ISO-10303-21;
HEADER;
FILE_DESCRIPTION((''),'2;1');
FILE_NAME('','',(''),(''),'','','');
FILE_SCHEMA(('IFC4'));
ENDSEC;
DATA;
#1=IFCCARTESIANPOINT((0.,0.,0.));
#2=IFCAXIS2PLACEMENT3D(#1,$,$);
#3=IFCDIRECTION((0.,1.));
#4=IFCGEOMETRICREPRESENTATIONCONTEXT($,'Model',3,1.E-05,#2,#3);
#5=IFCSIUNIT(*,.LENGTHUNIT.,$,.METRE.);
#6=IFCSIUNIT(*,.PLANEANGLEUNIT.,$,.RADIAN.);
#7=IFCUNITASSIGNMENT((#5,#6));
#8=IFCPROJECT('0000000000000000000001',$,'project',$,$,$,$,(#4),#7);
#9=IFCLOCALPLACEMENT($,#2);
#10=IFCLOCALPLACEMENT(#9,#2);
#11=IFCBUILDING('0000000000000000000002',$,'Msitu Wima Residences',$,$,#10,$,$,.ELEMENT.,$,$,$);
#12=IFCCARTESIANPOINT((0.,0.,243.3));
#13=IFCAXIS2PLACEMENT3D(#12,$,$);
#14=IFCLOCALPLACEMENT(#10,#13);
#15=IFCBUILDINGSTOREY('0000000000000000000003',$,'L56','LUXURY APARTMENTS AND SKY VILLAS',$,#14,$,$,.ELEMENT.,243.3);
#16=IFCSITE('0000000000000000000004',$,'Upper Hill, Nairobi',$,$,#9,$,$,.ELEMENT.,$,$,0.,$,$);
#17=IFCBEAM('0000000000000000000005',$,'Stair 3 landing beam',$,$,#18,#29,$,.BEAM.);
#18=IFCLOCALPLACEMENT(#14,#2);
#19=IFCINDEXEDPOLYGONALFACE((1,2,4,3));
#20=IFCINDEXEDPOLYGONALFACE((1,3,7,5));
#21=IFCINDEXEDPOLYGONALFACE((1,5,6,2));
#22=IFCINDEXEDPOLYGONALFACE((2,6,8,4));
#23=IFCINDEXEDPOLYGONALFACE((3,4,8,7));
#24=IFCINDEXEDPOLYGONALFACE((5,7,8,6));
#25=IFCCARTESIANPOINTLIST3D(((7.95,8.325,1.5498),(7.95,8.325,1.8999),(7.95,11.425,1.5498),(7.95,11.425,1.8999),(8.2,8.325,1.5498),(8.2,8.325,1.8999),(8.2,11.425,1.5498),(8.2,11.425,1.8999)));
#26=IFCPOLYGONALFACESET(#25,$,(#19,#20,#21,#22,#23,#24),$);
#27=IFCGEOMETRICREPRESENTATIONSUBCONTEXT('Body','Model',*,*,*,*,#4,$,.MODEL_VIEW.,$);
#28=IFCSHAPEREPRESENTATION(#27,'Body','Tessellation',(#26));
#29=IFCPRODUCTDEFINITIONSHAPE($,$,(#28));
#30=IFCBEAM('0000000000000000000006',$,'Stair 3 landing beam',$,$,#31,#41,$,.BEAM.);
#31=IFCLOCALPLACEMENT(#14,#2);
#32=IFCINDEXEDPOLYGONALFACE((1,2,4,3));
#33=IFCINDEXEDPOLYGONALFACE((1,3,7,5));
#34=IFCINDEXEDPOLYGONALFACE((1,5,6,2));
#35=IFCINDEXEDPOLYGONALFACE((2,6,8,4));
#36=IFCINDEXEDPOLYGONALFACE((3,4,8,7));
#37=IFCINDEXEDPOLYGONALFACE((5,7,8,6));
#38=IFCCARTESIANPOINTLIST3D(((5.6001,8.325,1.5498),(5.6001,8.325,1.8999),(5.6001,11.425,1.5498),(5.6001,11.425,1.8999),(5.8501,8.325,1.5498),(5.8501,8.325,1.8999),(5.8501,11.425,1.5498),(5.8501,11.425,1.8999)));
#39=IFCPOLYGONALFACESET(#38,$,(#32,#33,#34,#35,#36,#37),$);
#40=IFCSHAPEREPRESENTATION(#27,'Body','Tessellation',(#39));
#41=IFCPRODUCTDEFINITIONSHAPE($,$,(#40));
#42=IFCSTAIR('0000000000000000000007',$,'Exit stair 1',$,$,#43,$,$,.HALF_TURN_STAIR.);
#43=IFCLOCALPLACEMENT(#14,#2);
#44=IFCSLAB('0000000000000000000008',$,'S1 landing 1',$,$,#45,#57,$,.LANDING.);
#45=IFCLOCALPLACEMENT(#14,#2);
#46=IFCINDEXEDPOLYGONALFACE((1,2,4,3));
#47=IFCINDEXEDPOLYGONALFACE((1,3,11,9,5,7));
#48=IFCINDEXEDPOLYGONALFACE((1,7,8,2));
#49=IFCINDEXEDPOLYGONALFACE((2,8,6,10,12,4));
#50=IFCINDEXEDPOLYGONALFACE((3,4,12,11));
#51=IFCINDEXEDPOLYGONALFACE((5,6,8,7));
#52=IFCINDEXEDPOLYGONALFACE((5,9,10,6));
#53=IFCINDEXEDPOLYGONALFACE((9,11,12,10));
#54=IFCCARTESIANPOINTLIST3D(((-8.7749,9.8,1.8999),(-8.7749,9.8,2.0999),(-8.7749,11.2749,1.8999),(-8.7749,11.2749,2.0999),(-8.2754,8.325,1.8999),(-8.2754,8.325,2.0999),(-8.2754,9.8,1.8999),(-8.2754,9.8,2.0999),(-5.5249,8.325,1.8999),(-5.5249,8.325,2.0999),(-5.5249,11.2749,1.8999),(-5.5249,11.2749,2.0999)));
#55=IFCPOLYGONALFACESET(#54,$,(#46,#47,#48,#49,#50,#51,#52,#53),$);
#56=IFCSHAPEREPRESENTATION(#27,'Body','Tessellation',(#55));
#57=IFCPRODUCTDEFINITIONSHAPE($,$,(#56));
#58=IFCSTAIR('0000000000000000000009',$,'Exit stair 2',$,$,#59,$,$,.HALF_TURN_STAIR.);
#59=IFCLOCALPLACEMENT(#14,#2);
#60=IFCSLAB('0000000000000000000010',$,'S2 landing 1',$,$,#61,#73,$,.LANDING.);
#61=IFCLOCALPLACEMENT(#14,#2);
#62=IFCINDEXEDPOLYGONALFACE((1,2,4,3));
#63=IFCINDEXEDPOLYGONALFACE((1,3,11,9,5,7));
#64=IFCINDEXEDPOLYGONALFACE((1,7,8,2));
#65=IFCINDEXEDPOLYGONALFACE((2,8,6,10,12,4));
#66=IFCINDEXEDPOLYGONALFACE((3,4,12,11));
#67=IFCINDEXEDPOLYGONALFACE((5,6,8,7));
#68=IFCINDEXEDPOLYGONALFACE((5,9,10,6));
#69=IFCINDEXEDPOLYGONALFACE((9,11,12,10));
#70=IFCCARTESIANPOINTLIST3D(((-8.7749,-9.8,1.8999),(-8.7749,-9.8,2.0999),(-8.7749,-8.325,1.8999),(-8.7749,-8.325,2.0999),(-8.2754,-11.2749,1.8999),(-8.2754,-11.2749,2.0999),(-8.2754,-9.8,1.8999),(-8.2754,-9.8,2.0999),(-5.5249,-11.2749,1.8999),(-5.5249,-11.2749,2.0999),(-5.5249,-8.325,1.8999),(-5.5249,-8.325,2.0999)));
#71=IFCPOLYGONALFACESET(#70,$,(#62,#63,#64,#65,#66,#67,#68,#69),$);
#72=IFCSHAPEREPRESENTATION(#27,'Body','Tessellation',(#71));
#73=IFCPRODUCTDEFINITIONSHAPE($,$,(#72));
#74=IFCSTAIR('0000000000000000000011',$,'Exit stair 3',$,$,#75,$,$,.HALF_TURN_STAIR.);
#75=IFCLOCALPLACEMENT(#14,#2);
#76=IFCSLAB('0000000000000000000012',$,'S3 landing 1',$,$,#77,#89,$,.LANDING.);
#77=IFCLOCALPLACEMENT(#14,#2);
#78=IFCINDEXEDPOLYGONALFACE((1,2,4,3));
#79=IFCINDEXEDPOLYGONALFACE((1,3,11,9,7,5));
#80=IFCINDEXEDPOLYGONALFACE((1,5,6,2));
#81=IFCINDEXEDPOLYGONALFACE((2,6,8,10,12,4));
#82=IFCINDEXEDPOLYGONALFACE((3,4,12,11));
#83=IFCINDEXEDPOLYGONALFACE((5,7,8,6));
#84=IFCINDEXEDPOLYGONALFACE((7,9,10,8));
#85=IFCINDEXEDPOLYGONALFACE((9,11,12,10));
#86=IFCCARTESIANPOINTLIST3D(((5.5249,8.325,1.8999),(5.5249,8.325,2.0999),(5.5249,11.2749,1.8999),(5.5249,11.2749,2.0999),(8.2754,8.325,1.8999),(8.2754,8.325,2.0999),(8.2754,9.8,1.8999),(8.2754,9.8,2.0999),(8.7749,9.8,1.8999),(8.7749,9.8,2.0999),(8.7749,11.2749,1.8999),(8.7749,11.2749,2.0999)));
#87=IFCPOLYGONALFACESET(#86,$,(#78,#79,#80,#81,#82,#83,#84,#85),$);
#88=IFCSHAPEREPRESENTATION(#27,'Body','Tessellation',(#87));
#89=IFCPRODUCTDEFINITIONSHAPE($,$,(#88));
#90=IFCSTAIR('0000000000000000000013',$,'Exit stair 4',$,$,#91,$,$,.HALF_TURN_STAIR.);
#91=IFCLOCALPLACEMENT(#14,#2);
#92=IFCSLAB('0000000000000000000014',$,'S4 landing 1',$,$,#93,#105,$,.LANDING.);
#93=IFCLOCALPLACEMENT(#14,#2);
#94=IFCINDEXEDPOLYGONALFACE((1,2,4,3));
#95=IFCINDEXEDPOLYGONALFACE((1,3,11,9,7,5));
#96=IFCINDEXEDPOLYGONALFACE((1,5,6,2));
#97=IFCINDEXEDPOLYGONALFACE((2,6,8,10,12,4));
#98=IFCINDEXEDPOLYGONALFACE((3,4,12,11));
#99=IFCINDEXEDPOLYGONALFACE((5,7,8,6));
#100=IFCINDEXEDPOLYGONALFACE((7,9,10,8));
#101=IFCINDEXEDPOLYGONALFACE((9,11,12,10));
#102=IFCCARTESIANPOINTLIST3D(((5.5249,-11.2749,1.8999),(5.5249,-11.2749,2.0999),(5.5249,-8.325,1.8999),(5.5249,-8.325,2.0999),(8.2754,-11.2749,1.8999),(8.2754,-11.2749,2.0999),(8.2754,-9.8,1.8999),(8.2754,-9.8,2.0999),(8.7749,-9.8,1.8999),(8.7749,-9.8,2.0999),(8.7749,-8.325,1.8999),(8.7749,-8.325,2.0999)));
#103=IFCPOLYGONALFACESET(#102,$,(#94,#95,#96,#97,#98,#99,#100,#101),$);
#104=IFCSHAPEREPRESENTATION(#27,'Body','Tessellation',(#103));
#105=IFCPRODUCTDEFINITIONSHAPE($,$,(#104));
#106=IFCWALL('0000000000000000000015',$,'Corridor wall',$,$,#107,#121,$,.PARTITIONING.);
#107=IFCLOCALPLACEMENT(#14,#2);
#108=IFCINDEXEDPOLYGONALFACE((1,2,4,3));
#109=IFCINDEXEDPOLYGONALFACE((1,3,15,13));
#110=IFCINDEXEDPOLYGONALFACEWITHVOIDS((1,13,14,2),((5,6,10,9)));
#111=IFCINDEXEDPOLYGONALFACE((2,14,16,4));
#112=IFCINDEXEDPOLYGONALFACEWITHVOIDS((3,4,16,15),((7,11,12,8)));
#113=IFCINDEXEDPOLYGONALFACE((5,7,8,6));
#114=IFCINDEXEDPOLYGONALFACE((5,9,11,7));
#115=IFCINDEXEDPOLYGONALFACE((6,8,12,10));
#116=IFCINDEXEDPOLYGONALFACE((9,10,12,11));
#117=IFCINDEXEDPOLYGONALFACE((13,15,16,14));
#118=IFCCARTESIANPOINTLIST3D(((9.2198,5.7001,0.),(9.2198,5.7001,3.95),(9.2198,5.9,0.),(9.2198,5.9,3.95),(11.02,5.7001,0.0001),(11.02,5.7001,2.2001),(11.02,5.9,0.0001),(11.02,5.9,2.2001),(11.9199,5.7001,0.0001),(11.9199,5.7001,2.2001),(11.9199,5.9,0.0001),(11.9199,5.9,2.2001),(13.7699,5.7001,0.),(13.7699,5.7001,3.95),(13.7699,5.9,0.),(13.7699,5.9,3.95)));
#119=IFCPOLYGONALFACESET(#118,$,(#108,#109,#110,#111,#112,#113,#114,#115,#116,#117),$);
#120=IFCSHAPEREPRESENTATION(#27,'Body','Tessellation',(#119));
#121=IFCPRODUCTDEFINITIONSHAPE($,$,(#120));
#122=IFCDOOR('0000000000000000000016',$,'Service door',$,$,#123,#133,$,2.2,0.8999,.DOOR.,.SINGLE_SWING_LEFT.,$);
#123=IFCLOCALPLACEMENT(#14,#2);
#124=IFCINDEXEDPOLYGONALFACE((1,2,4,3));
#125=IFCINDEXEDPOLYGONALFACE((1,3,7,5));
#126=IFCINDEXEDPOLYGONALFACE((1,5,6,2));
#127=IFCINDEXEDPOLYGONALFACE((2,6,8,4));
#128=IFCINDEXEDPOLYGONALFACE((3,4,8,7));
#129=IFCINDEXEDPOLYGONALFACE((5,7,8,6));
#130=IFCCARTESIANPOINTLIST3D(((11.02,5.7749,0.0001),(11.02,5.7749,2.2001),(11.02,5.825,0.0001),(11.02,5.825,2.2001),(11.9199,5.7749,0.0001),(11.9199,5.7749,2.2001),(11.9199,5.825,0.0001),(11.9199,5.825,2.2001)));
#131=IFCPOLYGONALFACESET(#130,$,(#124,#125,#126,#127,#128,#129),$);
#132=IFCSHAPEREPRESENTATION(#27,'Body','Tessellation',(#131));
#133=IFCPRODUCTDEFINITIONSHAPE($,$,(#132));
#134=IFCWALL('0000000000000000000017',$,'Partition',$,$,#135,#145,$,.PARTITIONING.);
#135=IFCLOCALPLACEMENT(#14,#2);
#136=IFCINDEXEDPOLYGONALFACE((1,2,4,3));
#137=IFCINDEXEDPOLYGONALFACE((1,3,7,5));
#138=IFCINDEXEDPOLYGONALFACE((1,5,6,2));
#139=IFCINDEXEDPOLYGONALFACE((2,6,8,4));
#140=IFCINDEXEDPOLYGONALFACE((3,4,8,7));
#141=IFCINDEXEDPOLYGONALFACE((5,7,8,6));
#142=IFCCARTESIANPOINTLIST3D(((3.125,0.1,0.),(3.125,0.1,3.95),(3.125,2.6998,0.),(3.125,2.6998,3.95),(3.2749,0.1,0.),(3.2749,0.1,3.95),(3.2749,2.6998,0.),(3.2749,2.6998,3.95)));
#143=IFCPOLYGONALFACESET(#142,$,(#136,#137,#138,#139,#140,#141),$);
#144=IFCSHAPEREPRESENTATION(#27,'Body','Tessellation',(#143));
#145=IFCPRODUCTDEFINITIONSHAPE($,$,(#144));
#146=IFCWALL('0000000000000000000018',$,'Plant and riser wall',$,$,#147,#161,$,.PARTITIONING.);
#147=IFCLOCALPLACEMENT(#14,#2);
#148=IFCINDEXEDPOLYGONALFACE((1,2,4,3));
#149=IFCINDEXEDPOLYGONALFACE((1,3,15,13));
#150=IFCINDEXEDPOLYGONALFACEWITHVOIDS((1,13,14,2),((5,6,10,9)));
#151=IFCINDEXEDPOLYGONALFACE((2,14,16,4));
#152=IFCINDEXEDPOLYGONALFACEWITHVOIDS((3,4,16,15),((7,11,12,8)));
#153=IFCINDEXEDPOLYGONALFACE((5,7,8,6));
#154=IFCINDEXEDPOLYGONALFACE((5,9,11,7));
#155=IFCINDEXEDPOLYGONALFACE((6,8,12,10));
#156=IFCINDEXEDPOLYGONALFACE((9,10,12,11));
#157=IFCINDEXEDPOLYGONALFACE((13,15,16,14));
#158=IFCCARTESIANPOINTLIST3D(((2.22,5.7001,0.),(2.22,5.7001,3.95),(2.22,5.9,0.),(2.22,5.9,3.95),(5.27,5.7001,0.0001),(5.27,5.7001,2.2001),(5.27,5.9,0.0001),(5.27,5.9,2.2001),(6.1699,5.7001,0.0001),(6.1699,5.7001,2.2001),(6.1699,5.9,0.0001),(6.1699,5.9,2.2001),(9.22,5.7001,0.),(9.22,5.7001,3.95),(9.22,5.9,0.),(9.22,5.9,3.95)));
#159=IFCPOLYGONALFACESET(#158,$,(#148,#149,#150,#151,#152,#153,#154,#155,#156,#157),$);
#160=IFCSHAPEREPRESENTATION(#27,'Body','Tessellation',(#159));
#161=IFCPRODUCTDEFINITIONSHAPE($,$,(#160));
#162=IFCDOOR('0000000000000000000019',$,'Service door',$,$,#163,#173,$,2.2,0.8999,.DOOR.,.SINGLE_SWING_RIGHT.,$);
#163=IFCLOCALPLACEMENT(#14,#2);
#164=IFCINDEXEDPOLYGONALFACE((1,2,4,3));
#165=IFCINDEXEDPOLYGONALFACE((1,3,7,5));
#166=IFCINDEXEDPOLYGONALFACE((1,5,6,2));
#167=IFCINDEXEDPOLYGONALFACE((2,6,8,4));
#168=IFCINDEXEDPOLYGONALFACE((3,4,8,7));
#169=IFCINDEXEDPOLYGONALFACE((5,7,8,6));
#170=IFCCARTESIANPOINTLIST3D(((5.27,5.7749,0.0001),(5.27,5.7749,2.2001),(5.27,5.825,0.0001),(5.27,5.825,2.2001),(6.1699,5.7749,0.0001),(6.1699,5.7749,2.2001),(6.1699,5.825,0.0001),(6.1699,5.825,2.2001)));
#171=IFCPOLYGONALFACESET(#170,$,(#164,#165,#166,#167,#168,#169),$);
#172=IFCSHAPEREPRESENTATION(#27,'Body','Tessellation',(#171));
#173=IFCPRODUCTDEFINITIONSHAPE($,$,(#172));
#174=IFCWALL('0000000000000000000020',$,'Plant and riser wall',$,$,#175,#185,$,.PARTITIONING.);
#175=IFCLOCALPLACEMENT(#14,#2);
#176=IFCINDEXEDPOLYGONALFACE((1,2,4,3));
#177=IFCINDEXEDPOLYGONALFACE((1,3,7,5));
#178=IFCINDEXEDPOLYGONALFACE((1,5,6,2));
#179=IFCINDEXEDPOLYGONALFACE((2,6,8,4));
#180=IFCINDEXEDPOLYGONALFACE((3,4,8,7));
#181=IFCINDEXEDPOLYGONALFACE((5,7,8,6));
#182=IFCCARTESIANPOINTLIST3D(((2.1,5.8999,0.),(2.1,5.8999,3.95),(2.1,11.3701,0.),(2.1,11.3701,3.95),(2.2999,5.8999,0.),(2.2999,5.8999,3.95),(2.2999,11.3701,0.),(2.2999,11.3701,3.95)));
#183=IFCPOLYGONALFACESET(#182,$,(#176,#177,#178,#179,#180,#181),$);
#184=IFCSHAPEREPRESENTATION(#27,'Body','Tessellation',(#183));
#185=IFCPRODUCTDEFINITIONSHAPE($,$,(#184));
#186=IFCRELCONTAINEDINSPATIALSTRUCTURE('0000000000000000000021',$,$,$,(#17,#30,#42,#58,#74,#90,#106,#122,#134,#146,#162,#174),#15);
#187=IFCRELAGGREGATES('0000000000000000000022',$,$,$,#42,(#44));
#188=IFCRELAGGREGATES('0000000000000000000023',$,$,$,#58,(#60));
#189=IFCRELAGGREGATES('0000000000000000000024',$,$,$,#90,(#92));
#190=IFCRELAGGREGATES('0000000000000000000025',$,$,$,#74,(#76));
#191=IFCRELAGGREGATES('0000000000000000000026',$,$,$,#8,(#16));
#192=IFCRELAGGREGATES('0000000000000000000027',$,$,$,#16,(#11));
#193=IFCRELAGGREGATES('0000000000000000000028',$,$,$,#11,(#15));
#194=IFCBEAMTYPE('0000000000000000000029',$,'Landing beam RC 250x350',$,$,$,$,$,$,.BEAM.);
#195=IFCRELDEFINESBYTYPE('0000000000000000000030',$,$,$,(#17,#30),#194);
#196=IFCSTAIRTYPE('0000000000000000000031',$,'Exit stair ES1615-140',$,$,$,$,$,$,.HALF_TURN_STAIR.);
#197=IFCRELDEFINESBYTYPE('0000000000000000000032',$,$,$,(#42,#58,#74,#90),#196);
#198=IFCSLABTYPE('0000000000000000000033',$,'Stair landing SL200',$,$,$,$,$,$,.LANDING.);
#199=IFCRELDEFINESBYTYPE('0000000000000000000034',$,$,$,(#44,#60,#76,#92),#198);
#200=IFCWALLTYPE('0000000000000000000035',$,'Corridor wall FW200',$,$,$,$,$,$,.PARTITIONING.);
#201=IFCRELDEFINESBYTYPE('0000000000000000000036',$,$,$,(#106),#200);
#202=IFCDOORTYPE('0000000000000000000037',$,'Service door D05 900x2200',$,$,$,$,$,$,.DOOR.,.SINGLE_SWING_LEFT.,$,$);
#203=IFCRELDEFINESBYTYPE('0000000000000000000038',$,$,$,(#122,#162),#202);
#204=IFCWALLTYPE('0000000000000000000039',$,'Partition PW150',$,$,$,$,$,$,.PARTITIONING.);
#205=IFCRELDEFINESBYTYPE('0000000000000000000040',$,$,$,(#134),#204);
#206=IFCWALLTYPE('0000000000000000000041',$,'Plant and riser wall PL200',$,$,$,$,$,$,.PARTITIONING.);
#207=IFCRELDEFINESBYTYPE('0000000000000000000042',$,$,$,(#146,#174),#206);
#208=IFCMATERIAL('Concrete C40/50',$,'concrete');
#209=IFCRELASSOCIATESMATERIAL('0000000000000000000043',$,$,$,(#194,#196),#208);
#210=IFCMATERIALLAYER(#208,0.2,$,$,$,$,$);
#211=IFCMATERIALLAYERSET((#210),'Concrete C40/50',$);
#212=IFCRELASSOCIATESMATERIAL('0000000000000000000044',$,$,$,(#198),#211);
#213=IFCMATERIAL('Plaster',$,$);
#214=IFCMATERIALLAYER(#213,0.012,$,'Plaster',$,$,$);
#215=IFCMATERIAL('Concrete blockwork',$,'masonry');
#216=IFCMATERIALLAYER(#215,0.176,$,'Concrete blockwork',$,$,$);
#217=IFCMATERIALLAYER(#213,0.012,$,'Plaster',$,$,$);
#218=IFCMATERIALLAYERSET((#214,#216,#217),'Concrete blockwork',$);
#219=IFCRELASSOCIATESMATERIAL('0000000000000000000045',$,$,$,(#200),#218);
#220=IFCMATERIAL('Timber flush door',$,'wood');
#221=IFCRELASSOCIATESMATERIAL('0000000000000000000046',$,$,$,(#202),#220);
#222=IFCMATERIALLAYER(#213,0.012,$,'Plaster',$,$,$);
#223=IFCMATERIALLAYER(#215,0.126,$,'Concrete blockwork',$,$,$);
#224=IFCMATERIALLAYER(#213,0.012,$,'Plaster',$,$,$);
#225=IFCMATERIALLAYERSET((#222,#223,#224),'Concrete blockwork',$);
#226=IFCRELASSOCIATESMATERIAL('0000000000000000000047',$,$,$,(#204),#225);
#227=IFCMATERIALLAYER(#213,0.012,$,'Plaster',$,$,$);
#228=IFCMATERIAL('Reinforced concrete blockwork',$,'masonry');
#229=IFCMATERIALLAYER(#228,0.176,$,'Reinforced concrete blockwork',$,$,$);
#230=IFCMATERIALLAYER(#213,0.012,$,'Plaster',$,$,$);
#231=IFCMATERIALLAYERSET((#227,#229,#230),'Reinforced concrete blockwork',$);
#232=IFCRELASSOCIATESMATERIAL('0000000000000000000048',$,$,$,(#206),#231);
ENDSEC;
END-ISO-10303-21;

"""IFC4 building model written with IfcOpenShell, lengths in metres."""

from ifc_helpers import new_model, si_unit, direction, frame, frame_2d, origin, origin_2d, place, context, subcontext, project, spatial, polyline, rectangle, outline, extrude, material, layer, layer_set, material_profile, profile_set, type_object, element, fill, aggregate, save


model = new_model("IFC4")

# Units and contexts
model_context = context("Model", 3, precision=1e-05, world=origin(), true_north=direction((0.0, 1.0)))
body_context = subcontext(model_context, "Body", "Model", "MODEL_VIEW")
ifc_project = project(units=[si_unit("LENGTHUNIT", "METRE"), si_unit("PLANEANGLEUNIT", "RADIAN")], contexts=[model_context])

# Site, building, storey
site_placement = place(None, origin())
site = spatial("IfcSite", under=ifc_project, at=site_placement, Name="Upper Hill, Nairobi", CompositionType="ELEMENT", RefElevation=0.0)
building_placement = place(site_placement, origin())
building = spatial("IfcBuilding", under=site, at=building_placement, Name="Msitu Wima Residences", CompositionType="ELEMENT")
storey_placement = place(building_placement, frame((0.0, 0.0, 243.3)))
storey = spatial("IfcBuildingStorey", under=building, at=storey_placement, Name="L56", Description="LUXURY APARTMENTS AND SKY VILLAS", CompositionType="ELEMENT", Elevation=243.3)

# Beams
ifc_material_1 = material(Name="Concrete C40/50", Category="concrete")
ifc_material_profile = material_profile(ifc_material_1, rectangle(XDim=0.25, YDim=0.3501, at=origin_2d()), Name="RC 250x350")
ifc_profile_set = profile_set([ifc_material_profile], Name="Concrete C40/50")
beam_type = type_object("IfcBeamType", Name="Landing beam RC 250x350", PredefinedType="BEAM", material=ifc_profile_set)
for number, where, z_axis, x_axis, name in (
    (1, (8.075, 8.325, 1.7249), (0.0, 1.0, 0.0), (-1.0, 0.0, 0.0), "Stair 3 landing beam"),
    (2, (5.7251, 8.325, 1.7249), (0.0, 1.0, 0.0), (-1.0, 0.0, 0.0), "Stair 3 landing beam"),
):
    element("IfcBeam", number, at=place(storey_placement, frame(where, z_axis=z_axis, x_axis=x_axis)), inside=storey, type_object=beam_type, Name=name, PredefinedType="BEAM", context=body_context, shape_type="SweptSolid", body=[
        extrude(rectangle(XDim=0.25, YDim=0.3501, at=origin_2d()), origin(), (0.0, 0.0, 1.0), 3.1001),
    ])

# Stairs, slabs
stair_type = type_object("IfcStairType", Name="Exit stair ES1615-140", PredefinedType="HALF_TURN_STAIR", material=ifc_material_1)
stair_1_placement = place(storey_placement, origin())
stair_1 = element("IfcStair", 3, at=stair_1_placement, inside=storey, type_object=stair_type, Name="Exit stair 1", PredefinedType="HALF_TURN_STAIR")
ifc_layer_1 = layer(ifc_material_1, 0.2)
ifc_layer_set_1 = layer_set([ifc_layer_1], Name="Concrete C40/50")
slab_type = type_object("IfcSlabType", Name="Stair landing SL200", PredefinedType="LANDING", material=ifc_layer_set_1)
slab_1_placement = place(storey_placement, frame((0.0, 0.0, 1.8999)))
slab_1 = element("IfcSlab", 4, at=slab_1_placement, type_object=slab_type, Name="S1 landing 1", PredefinedType="LANDING", context=body_context, shape_type="SweptSolid", body=[
    extrude(outline(polyline([(-5.5249, 8.325), (-8.2754, 8.325), (-8.2754, 9.8), (-8.7749, 9.8), (-8.7749, 11.2749), (-5.5249, 11.2749), (-5.5249, 8.325)])), origin(), (0.0, 0.0, 1.0), 0.2),
])
aggregate(stair_1, [slab_1])
stair_2_placement = place(storey_placement, origin())
stair_2 = element("IfcStair", 5, at=stair_2_placement, inside=storey, type_object=stair_type, Name="Exit stair 2", PredefinedType="HALF_TURN_STAIR")
slab_2_placement = place(storey_placement, frame((0.0, 0.0, 1.8999)))
slab_2 = element("IfcSlab", 6, at=slab_2_placement, type_object=slab_type, Name="S2 landing 1", PredefinedType="LANDING", context=body_context, shape_type="SweptSolid", body=[
    extrude(outline(polyline([(-5.5249, -11.2749), (-8.2754, -11.2749), (-8.2754, -9.8), (-8.7749, -9.8), (-8.7749, -8.325), (-5.5249, -8.325), (-5.5249, -11.2749)])), origin(), (0.0, 0.0, 1.0), 0.2),
])
aggregate(stair_2, [slab_2])
stair_3_placement = place(storey_placement, origin())
stair_3 = element("IfcStair", 7, at=stair_3_placement, inside=storey, type_object=stair_type, Name="Exit stair 3", PredefinedType="HALF_TURN_STAIR")
slab_3_placement = place(storey_placement, frame((0.0, 0.0, 1.8999)))
slab_3 = element("IfcSlab", 8, at=slab_3_placement, type_object=slab_type, Name="S3 landing 1", PredefinedType="LANDING", context=body_context, shape_type="SweptSolid", body=[
    extrude(outline(polyline([(5.5249, 8.325), (8.2754, 8.325), (8.2754, 9.8), (8.7749, 9.8), (8.7749, 11.2749), (5.5249, 11.2749), (5.5249, 8.325)])), origin(), (0.0, 0.0, 1.0), 0.2),
])
stair_4_placement = place(storey_placement, origin())
stair_4 = element("IfcStair", 9, at=stair_4_placement, inside=storey, type_object=stair_type, Name="Exit stair 4", PredefinedType="HALF_TURN_STAIR")
slab_4_placement = place(storey_placement, frame((0.0, 0.0, 1.8999)))
slab_4 = element("IfcSlab", 10, at=slab_4_placement, type_object=slab_type, Name="S4 landing 1", PredefinedType="LANDING", context=body_context, shape_type="SweptSolid", body=[
    extrude(outline(polyline([(5.5249, -11.2749), (8.2754, -11.2749), (8.2754, -9.8), (8.7749, -9.8), (8.7749, -8.325), (5.5249, -8.325), (5.5249, -11.2749)])), origin(), (0.0, 0.0, 1.0), 0.2),
])
aggregate(stair_4, [slab_4])

# Wall, opening, door
ifc_material_2 = material(Name="Plaster")
ifc_layer_2 = layer(ifc_material_2, 0.012, Name="Plaster")
ifc_material_3 = material(Name="Concrete blockwork", Category="masonry")
ifc_layer_3 = layer(ifc_material_3, 0.176, Name="Concrete blockwork")
ifc_layer_4 = layer(ifc_material_2, 0.012, Name="Plaster")
ifc_layer_set_2 = layer_set([ifc_layer_2, ifc_layer_3, ifc_layer_4], Name="Concrete blockwork")
wall_type_1 = type_object("IfcWallType", Name="Corridor wall FW200", PredefinedType="PARTITIONING", material=ifc_layer_set_2)
wall_1_placement = place(storey_placement, frame((9.22, 5.8, 0.0), z_axis=(0.0, 0.0, 1.0), x_axis=(1.0, 0.0, 0.0)))
wall_1 = element("IfcWall", 11, at=wall_1_placement, inside=storey, type_object=wall_type_1, Name="Corridor wall", PredefinedType="PARTITIONING", context=body_context, shape_type="SweptSolid", body=[
    extrude(rectangle(XDim=4.55, YDim=0.2, at=frame_2d((2.2749, 0.0))), origin(), (0.0, 0.0, 1.0), 3.95),
])
opening_1_placement = place(wall_1_placement, frame((1.8, 0.0, 0.0)))
opening_1 = element("IfcOpeningElement", 12, at=opening_1_placement, cuts=wall_1, PredefinedType="OPENING", context=body_context, shape_type="SweptSolid", body=[
    extrude(rectangle(XDim=0.8999, YDim=2.2, at=frame_2d((0.45, 1.1001))), frame((0.0, 0.1099, 0.0), z_axis=(0.0, -1.0, 0.0), x_axis=(1.0, 0.0, 0.0)), (0.0, 0.0, 1.0), 0.22),
])
ifc_material_4 = material(Name="Timber flush door", Category="wood")
door_type_1 = type_object("IfcDoorType", Name="Service door D05 900x2200", OperationType="SINGLE_SWING_LEFT", PredefinedType="DOOR", material=ifc_material_4)
door_1_placement = place(opening_1_placement, origin())
door_1 = element("IfcDoor", 13, at=door_1_placement, inside=storey, type_object=door_type_1, Name="Service door", OperationType="SINGLE_SWING_LEFT", OverallHeight=2.2, OverallWidth=0.8999, PredefinedType="DOOR", context=body_context, shape_type="SweptSolid", body=[
    extrude(rectangle(XDim=0.8999, YDim=2.2, at=frame_2d((0.45, 1.1001))), frame((0.0, 0.0249, 0.0), z_axis=(0.0, -1.0, 0.0), x_axis=(1.0, 0.0, 0.0)), (0.0, 0.0, 1.0), 0.05),
])
fill(opening_1, door_1)

# Wall
ifc_layer_5 = layer(ifc_material_2, 0.012, Name="Plaster")
ifc_layer_6 = layer(ifc_material_3, 0.126, Name="Concrete blockwork")
ifc_layer_7 = layer(ifc_material_2, 0.012, Name="Plaster")
ifc_layer_set_3 = layer_set([ifc_layer_5, ifc_layer_6, ifc_layer_7], Name="Concrete blockwork")
wall_type_2 = type_object("IfcWallType", Name="Partition PW150", PredefinedType="PARTITIONING", material=ifc_layer_set_3)
wall_2_placement = place(storey_placement, frame((3.2, 0.1001, 0.0), z_axis=(0.0, 0.0, 1.0), x_axis=(0.0, 1.0, 0.0)))
element("IfcWall", 14, at=wall_2_placement, inside=storey, type_object=wall_type_2, Name="Partition", PredefinedType="PARTITIONING", context=body_context, shape_type="SweptSolid", body=[
    extrude(rectangle(XDim=2.5999, YDim=0.1499, at=frame_2d((1.2998, 0.0))), origin(), (0.0, 0.0, 1.0), 3.95),
])

# Wall, opening, door
ifc_layer_8 = layer(ifc_material_2, 0.012, Name="Plaster")
ifc_material_5 = material(Name="Reinforced concrete blockwork", Category="masonry")
ifc_layer_9 = layer(ifc_material_5, 0.176, Name="Reinforced concrete blockwork")
ifc_layer_10 = layer(ifc_material_2, 0.012, Name="Plaster")
ifc_layer_set_4 = layer_set([ifc_layer_8, ifc_layer_9, ifc_layer_10], Name="Reinforced concrete blockwork")
wall_type_3 = type_object("IfcWallType", Name="Plant and riser wall PL200", PredefinedType="PARTITIONING", material=ifc_layer_set_4)
wall_3_placement = place(storey_placement, frame((2.22, 5.8, 0.0), z_axis=(0.0, 0.0, 1.0), x_axis=(1.0, 0.0, 0.0)))
wall_3 = element("IfcWall", 15, at=wall_3_placement, inside=storey, type_object=wall_type_3, Name="Plant and riser wall", PredefinedType="PARTITIONING", context=body_context, shape_type="SweptSolid", body=[
    extrude(rectangle(XDim=7.0, YDim=0.2, at=frame_2d((3.5, 0.0))), origin(), (0.0, 0.0, 1.0), 3.95),
])
opening_2_placement = place(wall_3_placement, frame((3.05, 0.0, 0.0)))
opening_2 = element("IfcOpeningElement", 16, at=opening_2_placement, cuts=wall_3, PredefinedType="OPENING", context=body_context, shape_type="SweptSolid", body=[
    extrude(rectangle(XDim=0.8999, YDim=2.2, at=frame_2d((0.45, 1.1001))), frame((0.0, 0.1099, 0.0), z_axis=(0.0, -1.0, 0.0), x_axis=(1.0, 0.0, 0.0)), (0.0, 0.0, 1.0), 0.22),
])
door_2_placement = place(opening_2_placement, origin())
door_2 = element("IfcDoor", 17, at=door_2_placement, inside=storey, type_object=door_type_1, Name="Service door", OperationType="SINGLE_SWING_RIGHT", OverallHeight=2.2, OverallWidth=0.8999, PredefinedType="DOOR", context=body_context, shape_type="SweptSolid", body=[
    extrude(rectangle(XDim=0.8999, YDim=2.2, at=frame_2d((0.45, 1.1001))), frame((0.0, 0.0249, 0.0), z_axis=(0.0, -1.0, 0.0), x_axis=(1.0, 0.0, 0.0)), (0.0, 0.0, 1.0), 0.05),
])
fill(opening_2, door_2)

# Wall
wall_4_placement = place(storey_placement, frame((2.2, 5.8999, 0.0), z_axis=(0.0, 0.0, 1.0), x_axis=(0.0, 1.0, 0.0)))
element("IfcWall", 18, at=wall_4_placement, inside=storey, type_object=wall_type_3, Name="Plant and riser wall", PredefinedType="PARTITIONING", context=body_context, shape_type="SweptSolid", body=[
    extrude(rectangle(XDim=5.4702, YDim=0.2, at=frame_2d((2.7351, 0.0))), origin(), (0.0, 0.0, 1.0), 3.95),
])

aggregate(stair_3, [slab_3])

save(model, "model.ifc")
